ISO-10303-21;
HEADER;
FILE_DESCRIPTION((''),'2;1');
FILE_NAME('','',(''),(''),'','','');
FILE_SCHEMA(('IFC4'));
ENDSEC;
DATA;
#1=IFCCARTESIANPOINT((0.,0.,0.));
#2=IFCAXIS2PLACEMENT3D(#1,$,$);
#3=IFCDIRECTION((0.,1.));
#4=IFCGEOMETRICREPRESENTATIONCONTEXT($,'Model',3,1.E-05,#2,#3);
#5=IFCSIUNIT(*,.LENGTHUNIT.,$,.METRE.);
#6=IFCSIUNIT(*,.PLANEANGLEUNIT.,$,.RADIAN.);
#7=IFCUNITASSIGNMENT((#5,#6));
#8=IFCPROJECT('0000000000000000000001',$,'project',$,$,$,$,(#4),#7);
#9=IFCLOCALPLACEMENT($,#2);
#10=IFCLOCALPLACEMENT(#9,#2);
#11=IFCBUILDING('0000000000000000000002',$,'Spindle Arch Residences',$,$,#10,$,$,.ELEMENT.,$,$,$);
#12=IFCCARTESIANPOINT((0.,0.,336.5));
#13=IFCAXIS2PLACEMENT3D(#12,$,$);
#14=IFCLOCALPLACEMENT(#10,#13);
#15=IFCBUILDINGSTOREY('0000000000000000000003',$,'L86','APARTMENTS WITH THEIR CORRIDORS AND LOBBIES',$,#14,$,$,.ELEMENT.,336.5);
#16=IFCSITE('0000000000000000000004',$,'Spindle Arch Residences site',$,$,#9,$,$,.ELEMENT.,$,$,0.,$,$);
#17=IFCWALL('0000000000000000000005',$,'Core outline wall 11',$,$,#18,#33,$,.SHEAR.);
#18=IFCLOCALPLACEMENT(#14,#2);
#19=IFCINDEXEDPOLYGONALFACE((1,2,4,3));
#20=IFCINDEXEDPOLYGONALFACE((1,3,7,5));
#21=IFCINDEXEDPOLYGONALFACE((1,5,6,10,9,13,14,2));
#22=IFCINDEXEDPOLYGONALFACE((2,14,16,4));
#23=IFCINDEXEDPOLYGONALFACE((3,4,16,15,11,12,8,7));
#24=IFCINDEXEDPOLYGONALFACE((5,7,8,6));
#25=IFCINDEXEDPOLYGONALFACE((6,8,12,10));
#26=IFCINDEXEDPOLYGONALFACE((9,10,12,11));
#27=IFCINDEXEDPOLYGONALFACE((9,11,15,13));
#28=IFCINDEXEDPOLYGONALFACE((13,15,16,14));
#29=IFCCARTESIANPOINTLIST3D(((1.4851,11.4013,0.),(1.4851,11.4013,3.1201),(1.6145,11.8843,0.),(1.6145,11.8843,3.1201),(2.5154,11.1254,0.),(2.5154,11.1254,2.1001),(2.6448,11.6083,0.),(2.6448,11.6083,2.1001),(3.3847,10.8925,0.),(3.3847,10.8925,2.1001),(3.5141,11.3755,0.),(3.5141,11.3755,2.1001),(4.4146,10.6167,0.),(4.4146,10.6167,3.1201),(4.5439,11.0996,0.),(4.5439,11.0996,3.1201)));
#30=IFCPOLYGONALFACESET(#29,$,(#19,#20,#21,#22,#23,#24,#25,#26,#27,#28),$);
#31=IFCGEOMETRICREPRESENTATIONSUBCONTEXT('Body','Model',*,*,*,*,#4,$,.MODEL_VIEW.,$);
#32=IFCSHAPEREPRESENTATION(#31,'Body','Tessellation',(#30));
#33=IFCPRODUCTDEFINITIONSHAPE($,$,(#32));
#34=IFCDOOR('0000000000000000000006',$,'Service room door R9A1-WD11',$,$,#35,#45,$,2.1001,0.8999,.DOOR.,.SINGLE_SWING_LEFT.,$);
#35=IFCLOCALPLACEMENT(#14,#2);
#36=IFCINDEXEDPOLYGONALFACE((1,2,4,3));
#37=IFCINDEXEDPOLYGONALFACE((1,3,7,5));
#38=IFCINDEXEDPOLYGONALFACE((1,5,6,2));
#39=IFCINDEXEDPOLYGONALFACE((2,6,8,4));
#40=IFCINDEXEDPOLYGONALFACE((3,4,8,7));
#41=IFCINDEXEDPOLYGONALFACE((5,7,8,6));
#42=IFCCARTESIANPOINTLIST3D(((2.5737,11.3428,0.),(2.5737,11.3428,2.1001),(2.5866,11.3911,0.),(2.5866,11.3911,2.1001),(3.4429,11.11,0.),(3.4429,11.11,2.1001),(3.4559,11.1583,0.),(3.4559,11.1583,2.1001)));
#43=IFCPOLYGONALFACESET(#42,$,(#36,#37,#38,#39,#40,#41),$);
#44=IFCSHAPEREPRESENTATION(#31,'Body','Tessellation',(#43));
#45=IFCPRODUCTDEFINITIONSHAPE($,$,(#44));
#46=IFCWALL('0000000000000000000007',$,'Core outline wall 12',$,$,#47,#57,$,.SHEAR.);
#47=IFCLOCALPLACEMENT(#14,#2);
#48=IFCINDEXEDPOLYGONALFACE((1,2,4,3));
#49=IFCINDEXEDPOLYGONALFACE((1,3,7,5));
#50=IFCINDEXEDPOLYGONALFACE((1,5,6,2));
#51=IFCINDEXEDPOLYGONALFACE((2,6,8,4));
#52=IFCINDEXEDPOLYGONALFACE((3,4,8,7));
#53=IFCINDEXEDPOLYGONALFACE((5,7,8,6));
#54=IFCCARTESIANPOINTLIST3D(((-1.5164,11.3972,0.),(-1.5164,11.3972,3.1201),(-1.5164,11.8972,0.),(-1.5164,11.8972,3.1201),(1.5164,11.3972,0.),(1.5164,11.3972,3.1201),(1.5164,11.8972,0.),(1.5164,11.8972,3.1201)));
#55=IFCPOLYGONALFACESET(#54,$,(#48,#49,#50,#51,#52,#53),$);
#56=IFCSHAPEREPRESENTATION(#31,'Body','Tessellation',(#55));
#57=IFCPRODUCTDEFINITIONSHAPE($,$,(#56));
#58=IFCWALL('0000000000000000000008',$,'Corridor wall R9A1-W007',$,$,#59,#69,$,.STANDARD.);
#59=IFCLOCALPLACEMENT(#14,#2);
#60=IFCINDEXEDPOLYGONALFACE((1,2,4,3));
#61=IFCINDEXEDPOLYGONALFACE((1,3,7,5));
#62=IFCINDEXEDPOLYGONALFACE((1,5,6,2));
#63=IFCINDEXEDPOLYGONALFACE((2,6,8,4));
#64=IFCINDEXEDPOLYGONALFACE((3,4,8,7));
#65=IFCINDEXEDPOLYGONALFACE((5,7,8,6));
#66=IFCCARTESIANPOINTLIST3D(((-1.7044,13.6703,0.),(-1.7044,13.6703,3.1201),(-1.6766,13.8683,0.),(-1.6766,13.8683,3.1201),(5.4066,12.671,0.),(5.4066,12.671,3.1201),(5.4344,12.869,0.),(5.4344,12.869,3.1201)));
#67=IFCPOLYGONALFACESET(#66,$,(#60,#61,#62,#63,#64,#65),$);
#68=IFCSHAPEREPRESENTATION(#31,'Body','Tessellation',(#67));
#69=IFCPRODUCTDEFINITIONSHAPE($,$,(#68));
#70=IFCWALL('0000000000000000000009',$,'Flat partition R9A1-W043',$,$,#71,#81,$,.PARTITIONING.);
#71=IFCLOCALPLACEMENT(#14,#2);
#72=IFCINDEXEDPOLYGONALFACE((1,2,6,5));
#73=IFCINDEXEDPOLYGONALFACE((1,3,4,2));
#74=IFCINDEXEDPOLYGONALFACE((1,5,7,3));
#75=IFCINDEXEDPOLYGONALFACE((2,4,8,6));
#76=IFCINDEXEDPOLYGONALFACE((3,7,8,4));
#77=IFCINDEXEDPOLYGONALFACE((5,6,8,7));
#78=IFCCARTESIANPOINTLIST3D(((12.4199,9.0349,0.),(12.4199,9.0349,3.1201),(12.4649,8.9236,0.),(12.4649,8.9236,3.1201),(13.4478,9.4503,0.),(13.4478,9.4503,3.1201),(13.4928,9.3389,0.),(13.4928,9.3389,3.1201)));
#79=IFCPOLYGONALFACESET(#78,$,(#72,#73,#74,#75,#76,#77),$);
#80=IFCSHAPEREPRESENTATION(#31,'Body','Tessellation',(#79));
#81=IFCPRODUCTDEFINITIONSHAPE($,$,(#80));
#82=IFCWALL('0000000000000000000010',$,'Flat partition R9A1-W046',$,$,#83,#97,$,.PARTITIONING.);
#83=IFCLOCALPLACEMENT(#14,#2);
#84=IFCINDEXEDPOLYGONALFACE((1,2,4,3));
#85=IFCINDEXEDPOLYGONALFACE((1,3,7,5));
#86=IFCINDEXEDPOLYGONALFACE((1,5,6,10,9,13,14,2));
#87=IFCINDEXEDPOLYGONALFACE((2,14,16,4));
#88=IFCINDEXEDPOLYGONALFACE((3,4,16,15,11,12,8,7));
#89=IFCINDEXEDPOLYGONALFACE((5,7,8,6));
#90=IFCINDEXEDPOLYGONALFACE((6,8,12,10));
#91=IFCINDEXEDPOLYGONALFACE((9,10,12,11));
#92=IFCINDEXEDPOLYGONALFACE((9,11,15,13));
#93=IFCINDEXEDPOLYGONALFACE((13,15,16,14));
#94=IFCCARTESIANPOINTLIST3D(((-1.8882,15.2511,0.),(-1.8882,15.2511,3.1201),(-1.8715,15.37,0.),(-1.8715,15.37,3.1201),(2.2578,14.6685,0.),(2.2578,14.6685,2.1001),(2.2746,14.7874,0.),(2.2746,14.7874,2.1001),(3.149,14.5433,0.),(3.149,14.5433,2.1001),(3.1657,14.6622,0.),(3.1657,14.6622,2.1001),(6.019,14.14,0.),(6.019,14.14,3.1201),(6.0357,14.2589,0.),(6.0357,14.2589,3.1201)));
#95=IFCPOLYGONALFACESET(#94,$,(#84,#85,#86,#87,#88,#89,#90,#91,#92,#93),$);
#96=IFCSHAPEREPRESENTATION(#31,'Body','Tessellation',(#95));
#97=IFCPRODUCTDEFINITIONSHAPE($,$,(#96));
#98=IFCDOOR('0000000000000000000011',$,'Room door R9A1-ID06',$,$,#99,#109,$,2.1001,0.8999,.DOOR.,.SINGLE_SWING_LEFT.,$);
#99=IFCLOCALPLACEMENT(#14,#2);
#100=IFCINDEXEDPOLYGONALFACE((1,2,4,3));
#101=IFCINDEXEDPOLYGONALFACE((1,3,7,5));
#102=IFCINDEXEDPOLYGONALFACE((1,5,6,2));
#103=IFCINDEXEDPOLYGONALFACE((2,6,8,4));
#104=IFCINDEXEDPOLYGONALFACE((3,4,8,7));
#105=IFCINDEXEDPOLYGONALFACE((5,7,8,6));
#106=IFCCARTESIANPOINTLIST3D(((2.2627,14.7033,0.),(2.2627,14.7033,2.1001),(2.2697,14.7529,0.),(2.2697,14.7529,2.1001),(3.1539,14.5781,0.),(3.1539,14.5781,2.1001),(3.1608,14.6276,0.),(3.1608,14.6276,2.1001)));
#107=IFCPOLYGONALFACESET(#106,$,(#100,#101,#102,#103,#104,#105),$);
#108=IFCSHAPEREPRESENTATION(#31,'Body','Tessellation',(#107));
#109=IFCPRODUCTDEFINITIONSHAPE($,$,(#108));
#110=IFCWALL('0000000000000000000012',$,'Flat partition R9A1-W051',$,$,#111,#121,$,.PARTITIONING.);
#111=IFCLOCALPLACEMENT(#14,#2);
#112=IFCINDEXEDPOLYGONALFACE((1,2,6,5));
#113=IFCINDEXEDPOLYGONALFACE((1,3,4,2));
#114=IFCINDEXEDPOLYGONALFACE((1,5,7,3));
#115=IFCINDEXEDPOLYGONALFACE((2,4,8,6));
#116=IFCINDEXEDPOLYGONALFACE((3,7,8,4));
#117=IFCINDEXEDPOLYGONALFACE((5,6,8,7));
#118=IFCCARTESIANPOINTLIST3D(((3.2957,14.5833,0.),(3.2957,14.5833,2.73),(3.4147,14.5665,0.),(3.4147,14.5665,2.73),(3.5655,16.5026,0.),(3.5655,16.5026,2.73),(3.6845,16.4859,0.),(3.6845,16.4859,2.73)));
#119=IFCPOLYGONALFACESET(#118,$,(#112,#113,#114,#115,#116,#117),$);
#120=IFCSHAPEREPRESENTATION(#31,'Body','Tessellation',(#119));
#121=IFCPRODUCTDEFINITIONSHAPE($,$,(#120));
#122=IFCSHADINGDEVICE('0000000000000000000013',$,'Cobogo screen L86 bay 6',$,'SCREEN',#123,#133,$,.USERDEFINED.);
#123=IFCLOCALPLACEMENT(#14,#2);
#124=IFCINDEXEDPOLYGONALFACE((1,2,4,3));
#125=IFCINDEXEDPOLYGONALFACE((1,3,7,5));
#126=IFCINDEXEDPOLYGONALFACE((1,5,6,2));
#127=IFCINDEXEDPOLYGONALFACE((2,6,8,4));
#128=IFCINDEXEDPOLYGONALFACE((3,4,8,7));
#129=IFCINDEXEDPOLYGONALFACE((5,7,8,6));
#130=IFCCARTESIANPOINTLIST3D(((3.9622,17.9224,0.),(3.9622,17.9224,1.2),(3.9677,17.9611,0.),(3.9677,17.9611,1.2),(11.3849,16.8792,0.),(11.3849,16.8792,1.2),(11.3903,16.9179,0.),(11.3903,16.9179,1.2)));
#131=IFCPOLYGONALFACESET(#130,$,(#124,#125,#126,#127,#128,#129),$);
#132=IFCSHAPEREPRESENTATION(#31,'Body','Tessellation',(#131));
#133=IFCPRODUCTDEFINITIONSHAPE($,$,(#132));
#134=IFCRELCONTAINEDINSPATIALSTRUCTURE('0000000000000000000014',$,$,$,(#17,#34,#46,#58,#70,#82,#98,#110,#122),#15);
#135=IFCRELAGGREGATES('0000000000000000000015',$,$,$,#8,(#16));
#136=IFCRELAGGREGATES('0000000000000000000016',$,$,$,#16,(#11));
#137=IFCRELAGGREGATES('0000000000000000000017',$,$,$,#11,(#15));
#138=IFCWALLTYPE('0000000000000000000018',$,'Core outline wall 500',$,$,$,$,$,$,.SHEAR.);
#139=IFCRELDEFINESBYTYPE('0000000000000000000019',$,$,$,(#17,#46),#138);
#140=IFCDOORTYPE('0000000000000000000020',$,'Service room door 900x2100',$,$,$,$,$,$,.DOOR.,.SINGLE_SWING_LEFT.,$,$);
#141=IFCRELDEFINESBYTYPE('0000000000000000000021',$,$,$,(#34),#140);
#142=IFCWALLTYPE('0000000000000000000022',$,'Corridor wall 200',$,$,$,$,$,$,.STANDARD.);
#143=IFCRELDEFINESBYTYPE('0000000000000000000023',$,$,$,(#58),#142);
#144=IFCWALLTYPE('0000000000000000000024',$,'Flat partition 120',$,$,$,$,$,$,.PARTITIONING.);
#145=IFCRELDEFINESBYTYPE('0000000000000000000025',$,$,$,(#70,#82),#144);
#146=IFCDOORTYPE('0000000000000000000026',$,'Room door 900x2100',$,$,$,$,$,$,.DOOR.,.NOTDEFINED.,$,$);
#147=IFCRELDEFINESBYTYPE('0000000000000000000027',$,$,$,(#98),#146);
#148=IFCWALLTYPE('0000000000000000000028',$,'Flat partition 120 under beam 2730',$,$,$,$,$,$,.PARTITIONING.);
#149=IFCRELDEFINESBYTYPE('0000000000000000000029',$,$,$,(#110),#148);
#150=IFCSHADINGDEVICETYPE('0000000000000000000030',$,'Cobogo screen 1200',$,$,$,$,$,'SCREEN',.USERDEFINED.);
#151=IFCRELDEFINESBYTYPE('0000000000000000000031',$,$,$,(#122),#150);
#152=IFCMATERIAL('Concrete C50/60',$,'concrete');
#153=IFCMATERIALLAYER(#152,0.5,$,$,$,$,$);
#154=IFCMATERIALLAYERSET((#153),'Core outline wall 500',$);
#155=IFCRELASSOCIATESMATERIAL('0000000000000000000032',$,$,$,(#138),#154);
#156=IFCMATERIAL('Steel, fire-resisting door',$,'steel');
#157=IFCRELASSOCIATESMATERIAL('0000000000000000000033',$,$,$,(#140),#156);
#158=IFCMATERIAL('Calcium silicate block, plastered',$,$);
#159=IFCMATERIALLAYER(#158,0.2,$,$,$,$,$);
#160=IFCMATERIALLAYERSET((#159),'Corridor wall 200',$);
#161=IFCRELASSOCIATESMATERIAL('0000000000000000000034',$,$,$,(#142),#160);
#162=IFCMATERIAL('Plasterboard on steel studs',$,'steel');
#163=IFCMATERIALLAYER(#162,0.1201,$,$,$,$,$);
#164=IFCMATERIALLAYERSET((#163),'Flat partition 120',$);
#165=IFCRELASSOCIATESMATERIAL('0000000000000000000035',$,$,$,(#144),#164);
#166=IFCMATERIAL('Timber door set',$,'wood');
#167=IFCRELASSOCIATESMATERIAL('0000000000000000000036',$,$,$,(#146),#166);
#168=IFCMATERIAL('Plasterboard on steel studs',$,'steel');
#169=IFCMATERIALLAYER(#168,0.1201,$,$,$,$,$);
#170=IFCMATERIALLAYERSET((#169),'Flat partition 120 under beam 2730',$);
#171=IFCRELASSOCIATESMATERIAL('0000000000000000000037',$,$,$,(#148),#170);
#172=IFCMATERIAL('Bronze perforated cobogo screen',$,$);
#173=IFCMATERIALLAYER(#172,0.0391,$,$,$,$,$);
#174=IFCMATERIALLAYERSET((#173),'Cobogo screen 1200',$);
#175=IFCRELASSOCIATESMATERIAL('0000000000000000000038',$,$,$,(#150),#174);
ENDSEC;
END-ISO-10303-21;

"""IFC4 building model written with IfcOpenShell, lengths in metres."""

from ifc_helpers import new_model, si_unit, direction, frame, frame_2d, origin, origin_2d, place, context, subcontext, project, spatial, rectangle, extrude, material, layer, layer_set, type_object, element, fill, save


model = new_model("IFC4")

# Units and contexts
model_context = context("Model", 3, precision=1e-05, world=origin(), true_north=direction((0.0, 1.0)))
body_context = subcontext(model_context, "Body", "Model", "MODEL_VIEW")
ifc_project = project(units=[si_unit("LENGTHUNIT", "METRE"), si_unit("PLANEANGLEUNIT", "RADIAN")], contexts=[model_context])

# Site, building, storey
site_placement = place(None, origin())
site = spatial("IfcSite", under=ifc_project, at=site_placement, Name="Spindle Arch Residences site", CompositionType="ELEMENT", RefElevation=0.0)
building_placement = place(site_placement, origin())
building = spatial("IfcBuilding", under=site, at=building_placement, Name="Spindle Arch Residences", CompositionType="ELEMENT")
storey_placement = place(building_placement, frame((0.0, 0.0, 336.5)))
storey = spatial("IfcBuildingStorey", under=building, at=storey_placement, Name="L86", Description="APARTMENTS WITH THEIR CORRIDORS AND LOBBIES", CompositionType="ELEMENT", Elevation=336.5)

# Wall, opening, door
ifc_material_1 = material(Name="Concrete C50/60", Category="concrete")
ifc_layer_1 = layer(ifc_material_1, 0.5)
ifc_layer_set_1 = layer_set([ifc_layer_1], Name="Core outline wall 500")
wall_type_1 = type_object("IfcWallType", Name="Core outline wall 500", PredefinedType="SHEAR", material=ifc_layer_set_1)
wall_1_placement = place(storey_placement, frame((4.4792, 10.8582, 0.0), z_axis=(0.0, 0.0, 1.0), x_axis=(-0.965948, 0.258735, 0.0)))
wall_1 = element("IfcWall", 1, at=wall_1_placement, inside=storey, type_object=wall_type_1, Name="Core outline wall 11", PredefinedType="SHEAR", context=body_context, shape_type="SweptSolid", body=[
    extrude(rectangle(XDim=3.0327, YDim=0.5, at=frame_2d((1.5164, 0.0))), origin(), (0.0, 0.0, 1.0), 3.1201),
])
opening_1_placement = place(wall_1_placement, frame((1.0662, 0.0, 0.0)))
opening_1 = element("IfcOpeningElement", 2, at=opening_1_placement, cuts=wall_1, PredefinedType="OPENING", context=body_context, shape_type="SweptSolid", body=[
    extrude(rectangle(XDim=0.8999, YDim=2.1001, at=frame_2d((0.45, 1.05))), frame((0.0, 0.26, 0.0), z_axis=(0.0, -1.0, 0.0), x_axis=(1.0, 0.0, 0.0)), (0.0, 0.0, 1.0), 0.52),
])
ifc_material_2 = material(Name="Steel, fire-resisting door", Category="steel")
door_type_1 = type_object("IfcDoorType", Name="Service room door 900x2100", OperationType="SINGLE_SWING_LEFT", PredefinedType="DOOR", material=ifc_material_2)
door_1_placement = place(opening_1_placement, origin())
door_1 = element("IfcDoor", 3, at=door_1_placement, inside=storey, type_object=door_type_1, Name="Service room door R9A1-WD11", OperationType="SINGLE_SWING_LEFT", OverallHeight=2.1001, OverallWidth=0.8999, PredefinedType="DOOR", context=body_context, shape_type="SweptSolid", body=[
    extrude(rectangle(XDim=0.8999, YDim=2.1001, at=frame_2d((0.45, 1.05))), frame((0.0, 0.0249, 0.0), z_axis=(0.0, -1.0, 0.0), x_axis=(1.0, 0.0, 0.0)), (0.0, 0.0, 1.0), 0.05),
])
fill(opening_1, door_1)

# Walls
wall_2_placement = place(storey_placement, frame((1.5164, 11.6472, 0.0), z_axis=(0.0, 0.0, 1.0), x_axis=(-1.0, 0.0, 0.0)))
element("IfcWall", 4, at=wall_2_placement, inside=storey, type_object=wall_type_1, Name="Core outline wall 12", PredefinedType="SHEAR", context=body_context, shape_type="SweptSolid", body=[
    extrude(rectangle(XDim=3.0327, YDim=0.5, at=frame_2d((1.5164, 0.0))), origin(), (0.0, 0.0, 1.0), 3.1201),
])
ifc_material_3 = material(Name="Calcium silicate block, plastered")
ifc_layer_2 = layer(ifc_material_3, 0.2)
ifc_layer_set_2 = layer_set([ifc_layer_2], Name="Corridor wall 200")
wall_type_2 = type_object("IfcWallType", Name="Corridor wall 200", PredefinedType="STANDARD", material=ifc_layer_set_2)
wall_3_placement = place(storey_placement, frame((5.4204, 12.77, 0.0), z_axis=(0.0, 0.0, 1.0), x_axis=(-0.990271, 0.139155, 0.0)))
element("IfcWall", 5, at=wall_3_placement, inside=storey, type_object=wall_type_2, Name="Corridor wall R9A1-W007", PredefinedType="STANDARD", context=body_context, shape_type="SweptSolid", body=[
    extrude(rectangle(XDim=7.1809, YDim=0.2, at=frame_2d((3.5903, 0.0))), origin(), (0.0, 0.0, 1.0), 3.1201),
])
ifc_material_4 = material(Name="Plasterboard on steel studs", Category="steel")
ifc_layer_3 = layer(ifc_material_4, 0.1201)
ifc_layer_set_3 = layer_set([ifc_layer_3], Name="Flat partition 120")
wall_type_3 = type_object("IfcWallType", Name="Flat partition 120", PredefinedType="PARTITIONING", material=ifc_layer_set_3)
wall_4_placement = place(storey_placement, frame((13.4702, 9.3945, 0.0), z_axis=(0.0, 0.0, 1.0), x_axis=(-0.92718, -0.374616, 0.0)))
element("IfcWall", 6, at=wall_4_placement, inside=storey, type_object=wall_type_3, Name="Flat partition R9A1-W043", PredefinedType="PARTITIONING", context=body_context, shape_type="SweptSolid", body=[
    extrude(rectangle(XDim=1.1086, YDim=0.1201, at=frame_2d((0.5542, 0.0))), origin(), (0.0, 0.0, 1.0), 3.1201),
])

# Wall, opening, door
wall_5_placement = place(storey_placement, frame((6.0273, 14.1995, 0.0), z_axis=(0.0, 0.0, 1.0), x_axis=(-0.990272, 0.139148, 0.0)))
wall_5 = element("IfcWall", 7, at=wall_5_placement, inside=storey, type_object=wall_type_3, Name="Flat partition R9A1-W046", PredefinedType="PARTITIONING", context=body_context, shape_type="SweptSolid", body=[
    extrude(rectangle(XDim=7.9849, YDim=0.1201, at=frame_2d((3.9924, 0.0))), origin(), (0.0, 0.0, 1.0), 3.1201),
])
opening_2_placement = place(wall_5_placement, frame((2.8982, 0.0, 0.0)))
opening_2 = element("IfcOpeningElement", 8, at=opening_2_placement, cuts=wall_5, PredefinedType="OPENING", context=body_context, shape_type="SweptSolid", body=[
    extrude(rectangle(XDim=0.8999, YDim=2.1001, at=frame_2d((0.45, 1.05))), frame((0.0, 0.0701, 0.0), z_axis=(0.0, -1.0, 0.0), x_axis=(1.0, 0.0, 0.0)), (0.0, 0.0, 1.0), 0.1401),
])
ifc_material_5 = material(Name="Timber door set", Category="wood")
door_type_2 = type_object("IfcDoorType", Name="Room door 900x2100", OperationType="NOTDEFINED", PredefinedType="DOOR", material=ifc_material_5)
door_2_placement = place(opening_2_placement, origin())
door_2 = element("IfcDoor", 9, at=door_2_placement, inside=storey, type_object=door_type_2, Name="Room door R9A1-ID06", OperationType="SINGLE_SWING_LEFT", OverallHeight=2.1001, OverallWidth=0.8999, PredefinedType="DOOR", context=body_context, shape_type="SweptSolid", body=[
    extrude(rectangle(XDim=0.8999, YDim=2.1001, at=frame_2d((0.45, 1.05))), frame((0.0, 0.0249, 0.0), z_axis=(0.0, -1.0, 0.0), x_axis=(1.0, 0.0, 0.0)), (0.0, 0.0, 1.0), 0.05),
])
fill(opening_2, door_2)

# Wall
ifc_material_6 = material(Name="Plasterboard on steel studs", Category="steel")
ifc_layer_4 = layer(ifc_material_6, 0.1201)
ifc_layer_set_4 = layer_set([ifc_layer_4], Name="Flat partition 120 under beam 2730")
wall_type_4 = type_object("IfcWallType", Name="Flat partition 120 under beam 2730", PredefinedType="PARTITIONING", material=ifc_layer_set_4)
wall_6_placement = place(storey_placement, frame((3.625, 16.4944, 0.0), z_axis=(0.0, 0.0, 1.0), x_axis=(-0.139181, -0.990267, 0.0)))
element("IfcWall", 10, at=wall_6_placement, inside=storey, type_object=wall_type_4, Name="Flat partition R9A1-W051", PredefinedType="PARTITIONING", context=body_context, shape_type="SweptSolid", body=[
    extrude(rectangle(XDim=1.9382, YDim=0.1201, at=frame_2d((0.9692, 0.0))), origin(), (0.0, 0.0, 1.0), 2.73),
])

# Shading device
ifc_material_7 = material(Name="Bronze perforated cobogo screen")
ifc_layer_5 = layer(ifc_material_7, 0.0391)
ifc_layer_set_5 = layer_set([ifc_layer_5], Name="Cobogo screen 1200")
shading_device_type = type_object("IfcShadingDeviceType", Name="Cobogo screen 1200", ElementType="SCREEN", PredefinedType="USERDEFINED", material=ifc_layer_set_5)
shading_device_placement = place(storey_placement, frame((7.6763, 17.4202, 0.0), z_axis=(0.0, 0.0, 1.0), x_axis=(-0.990268, 0.139173, 0.0)))
element("IfcShadingDevice", 11, at=shading_device_placement, inside=storey, type_object=shading_device_type, Name="Cobogo screen L86 bay 6", ObjectType="SCREEN", PredefinedType="USERDEFINED", context=body_context, shape_type="SweptSolid", body=[
    extrude(rectangle(XDim=7.4956, YDim=0.0391, at=origin_2d()), origin(), (0.0, 0.0, 1.0), 1.2),
])

save(model, "model.ifc")
